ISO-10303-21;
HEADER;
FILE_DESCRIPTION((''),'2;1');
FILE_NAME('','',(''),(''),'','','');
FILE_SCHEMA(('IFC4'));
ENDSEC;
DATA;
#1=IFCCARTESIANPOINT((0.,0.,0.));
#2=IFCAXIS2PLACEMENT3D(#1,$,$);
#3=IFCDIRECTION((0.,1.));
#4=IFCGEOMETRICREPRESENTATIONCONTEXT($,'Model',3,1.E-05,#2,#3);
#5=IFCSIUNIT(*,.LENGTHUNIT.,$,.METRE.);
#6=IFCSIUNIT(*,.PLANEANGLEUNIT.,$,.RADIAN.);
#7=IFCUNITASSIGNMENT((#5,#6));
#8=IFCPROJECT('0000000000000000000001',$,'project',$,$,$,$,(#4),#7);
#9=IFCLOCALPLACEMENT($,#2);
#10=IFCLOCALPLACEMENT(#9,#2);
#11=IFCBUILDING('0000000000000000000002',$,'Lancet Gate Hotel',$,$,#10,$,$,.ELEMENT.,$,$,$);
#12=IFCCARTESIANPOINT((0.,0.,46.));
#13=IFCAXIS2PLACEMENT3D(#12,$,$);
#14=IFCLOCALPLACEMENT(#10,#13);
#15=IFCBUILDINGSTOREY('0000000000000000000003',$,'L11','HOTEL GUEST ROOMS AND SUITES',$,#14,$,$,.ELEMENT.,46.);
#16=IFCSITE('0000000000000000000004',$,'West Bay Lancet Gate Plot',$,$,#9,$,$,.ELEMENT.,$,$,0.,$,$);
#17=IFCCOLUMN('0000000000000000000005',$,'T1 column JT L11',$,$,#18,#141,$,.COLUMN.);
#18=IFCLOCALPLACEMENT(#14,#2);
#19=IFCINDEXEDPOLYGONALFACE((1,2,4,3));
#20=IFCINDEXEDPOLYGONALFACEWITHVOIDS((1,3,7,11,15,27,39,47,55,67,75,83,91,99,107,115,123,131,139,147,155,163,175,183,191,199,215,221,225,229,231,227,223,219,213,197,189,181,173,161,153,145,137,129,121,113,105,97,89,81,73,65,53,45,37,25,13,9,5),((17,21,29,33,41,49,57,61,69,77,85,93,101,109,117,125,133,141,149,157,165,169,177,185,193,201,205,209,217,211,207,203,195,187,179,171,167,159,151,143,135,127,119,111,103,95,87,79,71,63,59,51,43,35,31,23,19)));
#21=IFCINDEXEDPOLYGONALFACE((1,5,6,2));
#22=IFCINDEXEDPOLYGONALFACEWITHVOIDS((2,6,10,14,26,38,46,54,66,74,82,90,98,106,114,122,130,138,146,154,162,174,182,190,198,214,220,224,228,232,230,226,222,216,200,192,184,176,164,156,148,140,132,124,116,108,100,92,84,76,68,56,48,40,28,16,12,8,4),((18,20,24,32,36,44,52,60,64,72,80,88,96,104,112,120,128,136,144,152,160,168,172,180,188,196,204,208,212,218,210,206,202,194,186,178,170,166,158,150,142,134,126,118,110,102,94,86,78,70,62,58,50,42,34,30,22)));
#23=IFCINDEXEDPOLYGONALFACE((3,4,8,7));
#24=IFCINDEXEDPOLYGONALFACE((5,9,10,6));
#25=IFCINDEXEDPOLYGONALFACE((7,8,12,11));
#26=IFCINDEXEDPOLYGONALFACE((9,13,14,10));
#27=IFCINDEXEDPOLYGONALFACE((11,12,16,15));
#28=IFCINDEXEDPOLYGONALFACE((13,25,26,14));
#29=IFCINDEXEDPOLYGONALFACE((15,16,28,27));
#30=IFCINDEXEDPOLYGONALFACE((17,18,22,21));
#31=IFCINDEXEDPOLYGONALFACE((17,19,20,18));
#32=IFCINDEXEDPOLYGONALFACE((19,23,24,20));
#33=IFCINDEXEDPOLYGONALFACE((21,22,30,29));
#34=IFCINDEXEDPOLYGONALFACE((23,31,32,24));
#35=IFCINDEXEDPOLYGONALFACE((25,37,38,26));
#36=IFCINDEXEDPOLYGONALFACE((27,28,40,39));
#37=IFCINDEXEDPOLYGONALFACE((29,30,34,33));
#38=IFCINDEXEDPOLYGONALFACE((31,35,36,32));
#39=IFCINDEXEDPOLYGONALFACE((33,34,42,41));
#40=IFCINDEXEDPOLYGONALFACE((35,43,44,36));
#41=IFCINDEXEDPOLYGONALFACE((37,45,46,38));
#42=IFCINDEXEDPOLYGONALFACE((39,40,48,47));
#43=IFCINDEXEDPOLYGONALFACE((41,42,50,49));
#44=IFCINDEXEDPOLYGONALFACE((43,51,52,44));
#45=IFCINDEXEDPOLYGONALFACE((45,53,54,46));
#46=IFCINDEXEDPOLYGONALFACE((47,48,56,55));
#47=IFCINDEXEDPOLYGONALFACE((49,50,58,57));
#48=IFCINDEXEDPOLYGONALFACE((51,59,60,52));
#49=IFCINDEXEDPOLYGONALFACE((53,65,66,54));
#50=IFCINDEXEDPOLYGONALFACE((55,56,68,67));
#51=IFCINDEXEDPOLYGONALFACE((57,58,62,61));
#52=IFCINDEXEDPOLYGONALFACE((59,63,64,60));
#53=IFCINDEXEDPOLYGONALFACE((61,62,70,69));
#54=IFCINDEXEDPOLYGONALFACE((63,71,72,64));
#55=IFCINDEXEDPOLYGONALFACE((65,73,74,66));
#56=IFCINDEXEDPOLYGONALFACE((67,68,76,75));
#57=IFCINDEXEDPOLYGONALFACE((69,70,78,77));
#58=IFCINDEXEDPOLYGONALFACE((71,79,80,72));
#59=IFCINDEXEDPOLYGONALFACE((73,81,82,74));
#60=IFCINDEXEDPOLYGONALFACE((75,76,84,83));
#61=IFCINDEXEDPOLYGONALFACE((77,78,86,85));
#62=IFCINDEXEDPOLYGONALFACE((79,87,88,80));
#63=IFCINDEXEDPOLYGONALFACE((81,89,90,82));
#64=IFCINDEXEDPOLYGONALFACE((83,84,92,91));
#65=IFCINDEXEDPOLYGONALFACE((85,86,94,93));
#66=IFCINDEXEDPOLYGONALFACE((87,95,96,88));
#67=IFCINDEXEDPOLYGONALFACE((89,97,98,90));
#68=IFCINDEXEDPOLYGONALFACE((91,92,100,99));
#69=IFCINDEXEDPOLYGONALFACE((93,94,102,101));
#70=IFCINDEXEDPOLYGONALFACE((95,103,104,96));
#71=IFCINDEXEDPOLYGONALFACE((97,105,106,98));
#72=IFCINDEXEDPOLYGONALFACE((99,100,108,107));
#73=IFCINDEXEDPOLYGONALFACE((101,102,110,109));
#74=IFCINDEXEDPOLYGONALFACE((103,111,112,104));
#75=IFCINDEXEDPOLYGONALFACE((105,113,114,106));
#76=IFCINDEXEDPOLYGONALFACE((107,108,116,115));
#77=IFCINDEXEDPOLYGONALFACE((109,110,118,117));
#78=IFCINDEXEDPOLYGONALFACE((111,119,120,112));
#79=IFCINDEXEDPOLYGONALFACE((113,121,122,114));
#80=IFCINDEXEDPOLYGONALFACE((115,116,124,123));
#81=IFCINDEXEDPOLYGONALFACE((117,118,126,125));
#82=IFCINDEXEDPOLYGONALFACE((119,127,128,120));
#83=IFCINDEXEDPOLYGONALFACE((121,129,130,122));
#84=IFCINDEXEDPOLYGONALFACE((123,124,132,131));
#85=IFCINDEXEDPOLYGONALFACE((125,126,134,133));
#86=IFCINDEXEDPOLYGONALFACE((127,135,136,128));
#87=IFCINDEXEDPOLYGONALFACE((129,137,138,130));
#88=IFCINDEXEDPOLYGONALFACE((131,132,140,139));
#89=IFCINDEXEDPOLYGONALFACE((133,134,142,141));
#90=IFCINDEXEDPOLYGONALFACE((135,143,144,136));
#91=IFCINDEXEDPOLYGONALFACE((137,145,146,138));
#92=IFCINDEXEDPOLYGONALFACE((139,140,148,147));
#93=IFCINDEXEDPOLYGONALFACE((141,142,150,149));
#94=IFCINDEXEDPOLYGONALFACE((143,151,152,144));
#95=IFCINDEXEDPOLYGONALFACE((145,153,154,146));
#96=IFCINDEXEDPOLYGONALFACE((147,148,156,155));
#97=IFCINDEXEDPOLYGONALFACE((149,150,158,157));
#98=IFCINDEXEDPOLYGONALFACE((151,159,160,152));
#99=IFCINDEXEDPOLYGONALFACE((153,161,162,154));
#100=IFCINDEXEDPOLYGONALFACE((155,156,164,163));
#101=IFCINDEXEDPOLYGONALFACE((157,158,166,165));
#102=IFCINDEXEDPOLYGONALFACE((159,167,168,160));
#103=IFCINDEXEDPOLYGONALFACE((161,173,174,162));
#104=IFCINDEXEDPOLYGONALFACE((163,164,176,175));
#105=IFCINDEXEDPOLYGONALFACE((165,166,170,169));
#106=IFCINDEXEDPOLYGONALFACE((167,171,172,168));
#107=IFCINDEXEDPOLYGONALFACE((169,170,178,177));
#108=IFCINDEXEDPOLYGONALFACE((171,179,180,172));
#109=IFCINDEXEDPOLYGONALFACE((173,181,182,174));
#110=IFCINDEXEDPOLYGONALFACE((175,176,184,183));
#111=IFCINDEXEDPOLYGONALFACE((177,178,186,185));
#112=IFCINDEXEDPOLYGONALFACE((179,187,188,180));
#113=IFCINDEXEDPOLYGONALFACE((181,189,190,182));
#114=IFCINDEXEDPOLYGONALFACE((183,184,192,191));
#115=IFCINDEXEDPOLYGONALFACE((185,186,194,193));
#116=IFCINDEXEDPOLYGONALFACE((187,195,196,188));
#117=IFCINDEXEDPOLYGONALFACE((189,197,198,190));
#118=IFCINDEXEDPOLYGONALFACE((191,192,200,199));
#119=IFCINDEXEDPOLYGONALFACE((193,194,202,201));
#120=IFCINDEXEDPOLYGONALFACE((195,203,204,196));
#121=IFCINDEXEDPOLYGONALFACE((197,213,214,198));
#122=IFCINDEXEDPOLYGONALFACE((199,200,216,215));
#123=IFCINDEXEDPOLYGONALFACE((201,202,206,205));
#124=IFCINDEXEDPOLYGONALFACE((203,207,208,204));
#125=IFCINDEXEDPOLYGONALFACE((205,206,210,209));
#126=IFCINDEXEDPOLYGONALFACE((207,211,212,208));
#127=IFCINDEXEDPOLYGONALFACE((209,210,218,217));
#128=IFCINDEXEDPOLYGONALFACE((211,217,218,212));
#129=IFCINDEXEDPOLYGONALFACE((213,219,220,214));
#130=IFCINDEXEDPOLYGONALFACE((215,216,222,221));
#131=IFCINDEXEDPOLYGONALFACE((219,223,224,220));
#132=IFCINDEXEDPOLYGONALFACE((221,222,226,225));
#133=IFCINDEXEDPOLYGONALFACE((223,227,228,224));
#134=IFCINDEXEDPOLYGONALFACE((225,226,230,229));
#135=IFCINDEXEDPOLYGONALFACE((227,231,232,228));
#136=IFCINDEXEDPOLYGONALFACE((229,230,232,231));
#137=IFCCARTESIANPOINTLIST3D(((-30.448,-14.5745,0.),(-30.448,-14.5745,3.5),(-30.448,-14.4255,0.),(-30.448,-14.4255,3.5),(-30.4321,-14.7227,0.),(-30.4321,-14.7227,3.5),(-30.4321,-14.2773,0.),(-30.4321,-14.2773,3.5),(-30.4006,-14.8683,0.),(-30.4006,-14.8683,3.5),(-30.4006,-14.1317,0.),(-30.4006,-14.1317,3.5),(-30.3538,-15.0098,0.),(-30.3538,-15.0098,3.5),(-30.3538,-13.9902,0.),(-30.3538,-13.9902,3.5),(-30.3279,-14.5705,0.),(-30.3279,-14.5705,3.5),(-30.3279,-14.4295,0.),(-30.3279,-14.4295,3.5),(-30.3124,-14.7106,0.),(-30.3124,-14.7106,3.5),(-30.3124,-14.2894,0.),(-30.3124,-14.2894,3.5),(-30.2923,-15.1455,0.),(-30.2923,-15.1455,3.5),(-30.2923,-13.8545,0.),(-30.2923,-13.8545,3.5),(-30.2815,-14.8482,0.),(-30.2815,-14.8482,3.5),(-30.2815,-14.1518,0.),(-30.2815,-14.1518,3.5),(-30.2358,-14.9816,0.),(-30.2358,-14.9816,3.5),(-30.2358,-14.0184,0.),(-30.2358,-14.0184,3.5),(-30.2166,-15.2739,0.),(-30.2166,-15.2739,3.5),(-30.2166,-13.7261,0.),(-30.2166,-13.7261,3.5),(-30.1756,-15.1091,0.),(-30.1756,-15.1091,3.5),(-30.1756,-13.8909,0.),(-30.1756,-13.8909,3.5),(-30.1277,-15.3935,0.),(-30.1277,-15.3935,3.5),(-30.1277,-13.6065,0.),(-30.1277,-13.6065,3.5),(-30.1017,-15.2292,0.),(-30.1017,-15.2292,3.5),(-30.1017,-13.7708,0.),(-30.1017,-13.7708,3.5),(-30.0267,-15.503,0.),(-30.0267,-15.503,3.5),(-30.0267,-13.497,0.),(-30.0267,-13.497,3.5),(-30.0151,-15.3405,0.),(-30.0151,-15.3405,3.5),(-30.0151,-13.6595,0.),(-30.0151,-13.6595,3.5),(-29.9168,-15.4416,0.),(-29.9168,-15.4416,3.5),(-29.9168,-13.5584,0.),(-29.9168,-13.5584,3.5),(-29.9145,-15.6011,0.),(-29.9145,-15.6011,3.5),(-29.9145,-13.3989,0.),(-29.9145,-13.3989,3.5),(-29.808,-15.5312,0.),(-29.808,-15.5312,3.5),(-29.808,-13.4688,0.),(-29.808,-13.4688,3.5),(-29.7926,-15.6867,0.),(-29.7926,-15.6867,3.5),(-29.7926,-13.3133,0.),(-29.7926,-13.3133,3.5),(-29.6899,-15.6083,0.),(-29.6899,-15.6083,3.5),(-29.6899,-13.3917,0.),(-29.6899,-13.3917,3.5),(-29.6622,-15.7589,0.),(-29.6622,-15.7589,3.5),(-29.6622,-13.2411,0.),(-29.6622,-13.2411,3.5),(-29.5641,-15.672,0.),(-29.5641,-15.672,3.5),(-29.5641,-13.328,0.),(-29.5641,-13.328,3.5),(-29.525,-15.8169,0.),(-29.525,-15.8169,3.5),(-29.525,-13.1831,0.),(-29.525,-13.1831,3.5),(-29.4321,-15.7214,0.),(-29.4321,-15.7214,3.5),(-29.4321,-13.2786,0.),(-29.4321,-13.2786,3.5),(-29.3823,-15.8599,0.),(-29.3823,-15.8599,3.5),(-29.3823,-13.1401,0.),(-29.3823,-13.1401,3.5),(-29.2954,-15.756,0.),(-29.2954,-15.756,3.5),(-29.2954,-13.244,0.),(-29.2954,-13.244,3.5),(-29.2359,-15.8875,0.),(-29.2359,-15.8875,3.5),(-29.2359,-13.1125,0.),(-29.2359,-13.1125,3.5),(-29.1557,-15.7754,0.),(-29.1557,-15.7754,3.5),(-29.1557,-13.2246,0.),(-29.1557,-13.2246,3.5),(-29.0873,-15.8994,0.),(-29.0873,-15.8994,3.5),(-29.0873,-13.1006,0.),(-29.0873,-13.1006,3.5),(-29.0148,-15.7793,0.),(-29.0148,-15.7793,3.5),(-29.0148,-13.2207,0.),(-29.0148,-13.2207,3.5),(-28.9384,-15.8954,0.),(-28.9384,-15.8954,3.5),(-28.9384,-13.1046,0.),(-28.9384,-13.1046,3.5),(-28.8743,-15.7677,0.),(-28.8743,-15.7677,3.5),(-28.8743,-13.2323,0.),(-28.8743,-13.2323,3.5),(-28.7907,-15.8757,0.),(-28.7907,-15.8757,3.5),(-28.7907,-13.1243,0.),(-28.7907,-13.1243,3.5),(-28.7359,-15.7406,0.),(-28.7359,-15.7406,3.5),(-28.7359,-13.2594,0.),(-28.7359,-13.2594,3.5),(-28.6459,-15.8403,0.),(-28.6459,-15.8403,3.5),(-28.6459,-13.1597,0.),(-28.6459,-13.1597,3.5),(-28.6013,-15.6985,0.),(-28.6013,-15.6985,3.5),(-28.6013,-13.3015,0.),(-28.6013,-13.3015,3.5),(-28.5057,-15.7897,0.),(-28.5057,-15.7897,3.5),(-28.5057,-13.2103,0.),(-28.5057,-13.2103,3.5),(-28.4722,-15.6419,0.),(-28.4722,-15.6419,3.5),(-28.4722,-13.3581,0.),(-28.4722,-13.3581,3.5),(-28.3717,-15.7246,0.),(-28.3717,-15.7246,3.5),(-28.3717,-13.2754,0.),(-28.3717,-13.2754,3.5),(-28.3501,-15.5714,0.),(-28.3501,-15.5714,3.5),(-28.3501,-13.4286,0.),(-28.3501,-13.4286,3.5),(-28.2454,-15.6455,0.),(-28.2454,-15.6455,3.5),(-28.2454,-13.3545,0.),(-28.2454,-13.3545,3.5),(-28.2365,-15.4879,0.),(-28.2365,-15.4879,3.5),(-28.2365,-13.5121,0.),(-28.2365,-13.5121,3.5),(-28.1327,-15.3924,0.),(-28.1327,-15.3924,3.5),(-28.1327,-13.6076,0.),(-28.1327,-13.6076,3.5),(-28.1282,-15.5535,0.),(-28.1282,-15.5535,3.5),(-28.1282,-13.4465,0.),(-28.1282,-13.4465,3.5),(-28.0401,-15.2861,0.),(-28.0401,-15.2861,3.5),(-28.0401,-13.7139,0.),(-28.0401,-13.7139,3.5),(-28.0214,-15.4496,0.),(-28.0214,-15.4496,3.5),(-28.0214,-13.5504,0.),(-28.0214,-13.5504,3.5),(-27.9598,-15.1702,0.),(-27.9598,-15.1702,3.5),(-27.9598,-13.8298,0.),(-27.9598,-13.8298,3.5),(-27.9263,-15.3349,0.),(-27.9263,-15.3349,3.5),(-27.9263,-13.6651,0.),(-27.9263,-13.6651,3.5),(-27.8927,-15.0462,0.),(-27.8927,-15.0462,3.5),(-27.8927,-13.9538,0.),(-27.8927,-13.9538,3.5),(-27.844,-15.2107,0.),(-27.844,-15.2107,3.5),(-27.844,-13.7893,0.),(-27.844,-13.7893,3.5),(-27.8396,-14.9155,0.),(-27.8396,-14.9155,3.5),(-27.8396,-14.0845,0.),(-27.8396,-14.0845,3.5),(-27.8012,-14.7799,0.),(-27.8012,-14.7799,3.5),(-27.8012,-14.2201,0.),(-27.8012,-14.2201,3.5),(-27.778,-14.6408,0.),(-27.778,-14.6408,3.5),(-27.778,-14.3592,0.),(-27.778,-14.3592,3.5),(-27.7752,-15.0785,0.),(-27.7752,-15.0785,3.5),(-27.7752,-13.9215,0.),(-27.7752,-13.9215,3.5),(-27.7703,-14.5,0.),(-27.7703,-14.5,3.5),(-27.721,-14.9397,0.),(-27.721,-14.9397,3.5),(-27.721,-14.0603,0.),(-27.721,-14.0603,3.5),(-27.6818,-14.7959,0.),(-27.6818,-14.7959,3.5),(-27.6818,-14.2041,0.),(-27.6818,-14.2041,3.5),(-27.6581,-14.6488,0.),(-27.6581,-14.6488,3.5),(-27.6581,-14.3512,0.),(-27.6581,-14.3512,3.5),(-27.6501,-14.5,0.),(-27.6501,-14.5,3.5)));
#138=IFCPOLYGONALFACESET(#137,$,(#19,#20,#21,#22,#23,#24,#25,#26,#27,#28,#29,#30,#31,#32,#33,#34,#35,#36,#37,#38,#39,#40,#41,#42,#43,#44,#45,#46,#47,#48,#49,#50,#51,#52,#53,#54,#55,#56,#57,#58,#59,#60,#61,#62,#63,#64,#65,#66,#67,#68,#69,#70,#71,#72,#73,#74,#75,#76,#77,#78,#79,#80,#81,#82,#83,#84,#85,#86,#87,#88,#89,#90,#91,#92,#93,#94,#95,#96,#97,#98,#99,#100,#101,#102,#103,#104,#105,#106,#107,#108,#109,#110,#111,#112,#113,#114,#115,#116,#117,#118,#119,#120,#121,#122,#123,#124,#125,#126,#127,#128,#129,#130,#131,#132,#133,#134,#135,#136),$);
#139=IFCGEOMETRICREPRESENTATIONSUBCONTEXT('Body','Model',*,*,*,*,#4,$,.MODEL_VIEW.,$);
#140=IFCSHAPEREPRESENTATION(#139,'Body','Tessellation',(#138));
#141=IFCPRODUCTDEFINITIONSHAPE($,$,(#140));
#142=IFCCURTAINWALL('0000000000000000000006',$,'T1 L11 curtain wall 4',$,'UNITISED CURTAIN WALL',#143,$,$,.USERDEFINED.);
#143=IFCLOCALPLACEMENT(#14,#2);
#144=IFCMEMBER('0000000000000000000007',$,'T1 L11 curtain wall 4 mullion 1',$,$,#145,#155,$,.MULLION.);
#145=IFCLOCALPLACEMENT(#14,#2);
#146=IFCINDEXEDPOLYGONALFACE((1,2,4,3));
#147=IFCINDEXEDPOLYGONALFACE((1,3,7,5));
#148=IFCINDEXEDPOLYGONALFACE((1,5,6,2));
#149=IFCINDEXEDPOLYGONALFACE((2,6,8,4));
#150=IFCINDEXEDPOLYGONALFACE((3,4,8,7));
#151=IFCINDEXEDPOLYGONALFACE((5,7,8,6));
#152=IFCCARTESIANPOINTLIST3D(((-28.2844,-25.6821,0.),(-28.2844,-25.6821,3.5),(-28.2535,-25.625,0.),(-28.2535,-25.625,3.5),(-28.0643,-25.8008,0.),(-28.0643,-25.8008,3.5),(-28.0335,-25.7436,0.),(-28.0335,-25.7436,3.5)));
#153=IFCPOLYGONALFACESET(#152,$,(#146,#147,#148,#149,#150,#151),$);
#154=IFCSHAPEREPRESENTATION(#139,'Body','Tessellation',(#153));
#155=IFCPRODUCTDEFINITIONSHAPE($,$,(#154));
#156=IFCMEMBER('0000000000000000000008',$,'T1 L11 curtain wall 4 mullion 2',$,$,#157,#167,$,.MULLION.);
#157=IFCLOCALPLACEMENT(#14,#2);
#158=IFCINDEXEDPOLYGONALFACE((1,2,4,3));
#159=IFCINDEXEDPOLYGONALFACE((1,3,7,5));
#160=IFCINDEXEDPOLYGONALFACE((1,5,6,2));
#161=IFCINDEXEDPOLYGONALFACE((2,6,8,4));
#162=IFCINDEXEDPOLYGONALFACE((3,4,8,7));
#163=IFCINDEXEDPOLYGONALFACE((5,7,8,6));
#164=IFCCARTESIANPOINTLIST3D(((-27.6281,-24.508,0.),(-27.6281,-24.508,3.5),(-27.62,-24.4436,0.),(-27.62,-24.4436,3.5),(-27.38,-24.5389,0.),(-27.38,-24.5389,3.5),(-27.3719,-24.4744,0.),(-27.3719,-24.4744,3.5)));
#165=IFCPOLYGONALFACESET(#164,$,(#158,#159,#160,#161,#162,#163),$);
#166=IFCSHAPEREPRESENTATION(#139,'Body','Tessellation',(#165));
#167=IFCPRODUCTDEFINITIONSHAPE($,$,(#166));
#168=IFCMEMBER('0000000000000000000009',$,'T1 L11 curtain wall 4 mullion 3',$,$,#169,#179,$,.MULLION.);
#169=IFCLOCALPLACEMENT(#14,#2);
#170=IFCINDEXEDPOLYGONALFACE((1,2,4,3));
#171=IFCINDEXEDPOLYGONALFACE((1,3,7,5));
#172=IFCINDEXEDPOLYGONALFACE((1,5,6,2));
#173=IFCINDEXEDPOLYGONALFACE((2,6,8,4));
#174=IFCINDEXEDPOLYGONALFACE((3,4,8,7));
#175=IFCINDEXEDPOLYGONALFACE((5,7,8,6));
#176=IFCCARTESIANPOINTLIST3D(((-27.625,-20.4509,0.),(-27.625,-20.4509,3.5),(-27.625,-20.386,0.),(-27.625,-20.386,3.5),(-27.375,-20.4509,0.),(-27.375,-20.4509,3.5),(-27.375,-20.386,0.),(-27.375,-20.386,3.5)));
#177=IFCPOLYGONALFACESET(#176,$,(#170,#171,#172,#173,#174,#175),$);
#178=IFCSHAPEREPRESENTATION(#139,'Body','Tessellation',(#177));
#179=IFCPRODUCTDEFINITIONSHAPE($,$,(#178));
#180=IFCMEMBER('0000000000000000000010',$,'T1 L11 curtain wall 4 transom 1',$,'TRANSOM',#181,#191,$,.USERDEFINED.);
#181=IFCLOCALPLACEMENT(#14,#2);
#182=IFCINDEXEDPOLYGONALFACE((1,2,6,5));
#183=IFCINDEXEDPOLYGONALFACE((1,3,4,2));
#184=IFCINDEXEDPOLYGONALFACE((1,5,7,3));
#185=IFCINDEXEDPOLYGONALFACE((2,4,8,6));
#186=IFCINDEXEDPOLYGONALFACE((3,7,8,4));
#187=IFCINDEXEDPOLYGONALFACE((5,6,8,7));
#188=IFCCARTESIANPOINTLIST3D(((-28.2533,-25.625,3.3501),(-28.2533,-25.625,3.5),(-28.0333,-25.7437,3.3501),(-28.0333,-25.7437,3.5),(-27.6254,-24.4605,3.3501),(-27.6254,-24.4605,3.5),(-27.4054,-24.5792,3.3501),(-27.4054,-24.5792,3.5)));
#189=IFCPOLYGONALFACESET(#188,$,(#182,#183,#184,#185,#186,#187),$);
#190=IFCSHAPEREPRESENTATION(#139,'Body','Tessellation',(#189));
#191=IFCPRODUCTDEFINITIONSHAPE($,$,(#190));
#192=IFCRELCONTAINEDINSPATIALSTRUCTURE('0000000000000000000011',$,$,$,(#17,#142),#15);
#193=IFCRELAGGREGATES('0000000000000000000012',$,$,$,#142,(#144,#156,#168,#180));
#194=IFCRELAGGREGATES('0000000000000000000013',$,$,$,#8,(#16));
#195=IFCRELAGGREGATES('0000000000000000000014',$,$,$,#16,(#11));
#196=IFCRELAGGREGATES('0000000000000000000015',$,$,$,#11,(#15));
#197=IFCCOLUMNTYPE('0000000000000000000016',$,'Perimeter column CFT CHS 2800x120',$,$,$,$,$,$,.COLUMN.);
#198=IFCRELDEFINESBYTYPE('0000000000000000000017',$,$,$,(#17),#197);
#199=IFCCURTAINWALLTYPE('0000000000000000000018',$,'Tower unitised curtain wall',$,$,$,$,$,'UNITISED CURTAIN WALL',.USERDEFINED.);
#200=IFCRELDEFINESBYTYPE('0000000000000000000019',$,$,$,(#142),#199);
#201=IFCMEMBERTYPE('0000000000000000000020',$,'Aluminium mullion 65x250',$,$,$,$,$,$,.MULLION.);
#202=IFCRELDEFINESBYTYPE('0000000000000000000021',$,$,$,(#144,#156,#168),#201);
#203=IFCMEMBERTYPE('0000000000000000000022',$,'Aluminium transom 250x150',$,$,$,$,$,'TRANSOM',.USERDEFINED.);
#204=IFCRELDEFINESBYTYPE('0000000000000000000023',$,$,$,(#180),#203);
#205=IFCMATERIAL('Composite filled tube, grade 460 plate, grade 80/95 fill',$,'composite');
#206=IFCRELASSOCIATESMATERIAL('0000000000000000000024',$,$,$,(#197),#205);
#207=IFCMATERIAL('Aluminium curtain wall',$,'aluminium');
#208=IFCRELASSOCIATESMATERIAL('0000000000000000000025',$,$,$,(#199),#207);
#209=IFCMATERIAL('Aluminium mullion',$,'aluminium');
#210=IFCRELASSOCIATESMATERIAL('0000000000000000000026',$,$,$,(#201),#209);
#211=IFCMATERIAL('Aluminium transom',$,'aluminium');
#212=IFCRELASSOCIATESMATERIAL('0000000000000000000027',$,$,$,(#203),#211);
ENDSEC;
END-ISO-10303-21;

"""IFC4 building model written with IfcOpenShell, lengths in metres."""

from ifc_helpers import new_model, si_unit, direction, frame, origin, origin_2d, place, context, subcontext, project, spatial, rectangle, hollow_circle, extrude, material, material_profile, profile_set, type_object, element, aggregate, save


model = new_model("IFC4")

# Units and contexts
model_context = context("Model", 3, precision=1e-05, world=origin(), true_north=direction((0.0, 1.0)))
body_context = subcontext(model_context, "Body", "Model", "MODEL_VIEW")
ifc_project = project(units=[si_unit("LENGTHUNIT", "METRE"), si_unit("PLANEANGLEUNIT", "RADIAN")], contexts=[model_context])

# Site, building, storey
site_placement = place(None, origin())
site = spatial("IfcSite", under=ifc_project, at=site_placement, Name="West Bay Lancet Gate Plot", CompositionType="ELEMENT", RefElevation=0.0)
building_placement = place(site_placement, origin())
building = spatial("IfcBuilding", under=site, at=building_placement, Name="Lancet Gate Hotel", CompositionType="ELEMENT")
storey_placement = place(building_placement, frame((0.0, 0.0, 46.0)))
storey = spatial("IfcBuildingStorey", under=building, at=storey_placement, Name="L11", Description="HOTEL GUEST ROOMS AND SUITES", CompositionType="ELEMENT", Elevation=46.0)

# Column
ifc_material_1 = material(Name="Composite filled tube, grade 460 plate, grade 80/95 fill", Category="composite")
ifc_material_profile_1 = material_profile(ifc_material_1, hollow_circle(Radius=1.3999, WallThickness=0.1201, at=origin_2d()), Name="CHS 2800x120")
ifc_profile_set_1 = profile_set([ifc_material_profile_1], Name="Composite filled tube, grade 460 plate, grade 80/95 fill")
column_type = type_object("IfcColumnType", Name="Perimeter column CFT CHS 2800x120", PredefinedType="COLUMN", material=ifc_profile_set_1)
for number, where, z_axis, x_axis, name in (
    (1, (-29.05, -14.5, 0.0), (0.0, 0.0, 1.0), (1.0, 0.0, 0.0), "T1 column JT L11"),
):
    element("IfcColumn", number, at=place(storey_placement, frame(where, z_axis=z_axis, x_axis=x_axis)), inside=storey, type_object=column_type, Name=name, PredefinedType="COLUMN", context=body_context, shape_type="SweptSolid", body=[
        extrude(hollow_circle(Radius=1.3999, WallThickness=0.1201, at=origin_2d()), origin(), (0.0, 0.0, 1.0), 3.5),
    ])

# Curtain wall, members
ifc_material_2 = material(Name="Aluminium curtain wall", Category="aluminium")
curtain_wall_type = type_object("IfcCurtainWallType", Name="Tower unitised curtain wall", ElementType="UNITISED CURTAIN WALL", PredefinedType="USERDEFINED", material=ifc_material_2)
curtain_wall_placement = place(storey_placement, origin())
curtain_wall = element("IfcCurtainWall", 2, at=curtain_wall_placement, inside=storey, type_object=curtain_wall_type, Name="T1 L11 curtain wall 4", ObjectType="UNITISED CURTAIN WALL", PredefinedType="USERDEFINED")
ifc_material_3 = material(Name="Aluminium mullion", Category="aluminium")
ifc_material_profile_2 = material_profile(ifc_material_3, rectangle(XDim=0.0649, YDim=0.25, at=origin_2d()), Name="MULLION 65x250")
ifc_profile_set_2 = profile_set([ifc_material_profile_2], Name="Aluminium mullion")
member_type_1 = type_object("IfcMemberType", Name="Aluminium mullion 65x250", PredefinedType="MULLION", material=ifc_profile_set_2)
member_1_placement = place(storey_placement, frame((-28.1589, -25.7129, 0.0), z_axis=(0.0, 0.0, 1.0), x_axis=(0.474631, 0.880185, 0.0)))
member_1 = element("IfcMember", 3, at=member_1_placement, type_object=member_type_1, Name="T1 L11 curtain wall 4 mullion 1", PredefinedType="MULLION", context=body_context, shape_type="SweptSolid", body=[
    extrude(rectangle(XDim=0.0649, YDim=0.25, at=origin_2d()), origin(), (0.0, 0.0, 1.0), 3.5),
])
member_2_placement = place(storey_placement, frame((-27.5, -24.4912, 0.0), z_axis=(0.0, 0.0, 1.0), x_axis=(0.123483, 0.992347, 0.0)))
member_2 = element("IfcMember", 4, at=member_2_placement, type_object=member_type_1, Name="T1 L11 curtain wall 4 mullion 2", PredefinedType="MULLION", context=body_context, shape_type="SweptSolid", body=[
    extrude(rectangle(XDim=0.0649, YDim=0.25, at=origin_2d()), origin(), (0.0, 0.0, 1.0), 3.5),
])
member_3_placement = place(storey_placement, frame((-27.5, -20.4185, 0.0), z_axis=(0.0, 0.0, 1.0), x_axis=(0.0, 1.0, 0.0)))
member_3 = element("IfcMember", 5, at=member_3_placement, type_object=member_type_1, Name="T1 L11 curtain wall 4 mullion 3", PredefinedType="MULLION", context=body_context, shape_type="SweptSolid", body=[
    extrude(rectangle(XDim=0.0649, YDim=0.25, at=origin_2d()), origin(), (0.0, 0.0, 1.0), 3.5),
])
ifc_material_4 = material(Name="Aluminium transom", Category="aluminium")
ifc_material_profile_3 = material_profile(ifc_material_4, rectangle(XDim=0.25, YDim=0.1499, at=origin_2d()), Name="TRANSOM 250x150")
ifc_profile_set_3 = profile_set([ifc_material_profile_3], Name="Aluminium transom")
member_type_2 = type_object("IfcMemberType", Name="Aluminium transom 250x150", ElementType="TRANSOM", PredefinedType="USERDEFINED", material=ifc_profile_set_3)
member_4_placement = place(storey_placement, frame((-28.1433, -25.6843, 3.425), z_axis=(0.474606, 0.880198, 0.0), x_axis=(-0.880198, 0.474606, 0.0)))
member_4 = element("IfcMember", 6, at=member_4_placement, type_object=member_type_2, Name="T1 L11 curtain wall 4 transom 1", ObjectType="TRANSOM", PredefinedType="USERDEFINED", context=body_context, shape_type="SweptSolid", body=[
    extrude(rectangle(XDim=0.25, YDim=0.1499, at=origin_2d()), origin(), (0.0, 0.0, 1.0), 1.323),
])

aggregate(curtain_wall, [member_1, member_2, member_3, member_4])

save(model, "model.ifc")
